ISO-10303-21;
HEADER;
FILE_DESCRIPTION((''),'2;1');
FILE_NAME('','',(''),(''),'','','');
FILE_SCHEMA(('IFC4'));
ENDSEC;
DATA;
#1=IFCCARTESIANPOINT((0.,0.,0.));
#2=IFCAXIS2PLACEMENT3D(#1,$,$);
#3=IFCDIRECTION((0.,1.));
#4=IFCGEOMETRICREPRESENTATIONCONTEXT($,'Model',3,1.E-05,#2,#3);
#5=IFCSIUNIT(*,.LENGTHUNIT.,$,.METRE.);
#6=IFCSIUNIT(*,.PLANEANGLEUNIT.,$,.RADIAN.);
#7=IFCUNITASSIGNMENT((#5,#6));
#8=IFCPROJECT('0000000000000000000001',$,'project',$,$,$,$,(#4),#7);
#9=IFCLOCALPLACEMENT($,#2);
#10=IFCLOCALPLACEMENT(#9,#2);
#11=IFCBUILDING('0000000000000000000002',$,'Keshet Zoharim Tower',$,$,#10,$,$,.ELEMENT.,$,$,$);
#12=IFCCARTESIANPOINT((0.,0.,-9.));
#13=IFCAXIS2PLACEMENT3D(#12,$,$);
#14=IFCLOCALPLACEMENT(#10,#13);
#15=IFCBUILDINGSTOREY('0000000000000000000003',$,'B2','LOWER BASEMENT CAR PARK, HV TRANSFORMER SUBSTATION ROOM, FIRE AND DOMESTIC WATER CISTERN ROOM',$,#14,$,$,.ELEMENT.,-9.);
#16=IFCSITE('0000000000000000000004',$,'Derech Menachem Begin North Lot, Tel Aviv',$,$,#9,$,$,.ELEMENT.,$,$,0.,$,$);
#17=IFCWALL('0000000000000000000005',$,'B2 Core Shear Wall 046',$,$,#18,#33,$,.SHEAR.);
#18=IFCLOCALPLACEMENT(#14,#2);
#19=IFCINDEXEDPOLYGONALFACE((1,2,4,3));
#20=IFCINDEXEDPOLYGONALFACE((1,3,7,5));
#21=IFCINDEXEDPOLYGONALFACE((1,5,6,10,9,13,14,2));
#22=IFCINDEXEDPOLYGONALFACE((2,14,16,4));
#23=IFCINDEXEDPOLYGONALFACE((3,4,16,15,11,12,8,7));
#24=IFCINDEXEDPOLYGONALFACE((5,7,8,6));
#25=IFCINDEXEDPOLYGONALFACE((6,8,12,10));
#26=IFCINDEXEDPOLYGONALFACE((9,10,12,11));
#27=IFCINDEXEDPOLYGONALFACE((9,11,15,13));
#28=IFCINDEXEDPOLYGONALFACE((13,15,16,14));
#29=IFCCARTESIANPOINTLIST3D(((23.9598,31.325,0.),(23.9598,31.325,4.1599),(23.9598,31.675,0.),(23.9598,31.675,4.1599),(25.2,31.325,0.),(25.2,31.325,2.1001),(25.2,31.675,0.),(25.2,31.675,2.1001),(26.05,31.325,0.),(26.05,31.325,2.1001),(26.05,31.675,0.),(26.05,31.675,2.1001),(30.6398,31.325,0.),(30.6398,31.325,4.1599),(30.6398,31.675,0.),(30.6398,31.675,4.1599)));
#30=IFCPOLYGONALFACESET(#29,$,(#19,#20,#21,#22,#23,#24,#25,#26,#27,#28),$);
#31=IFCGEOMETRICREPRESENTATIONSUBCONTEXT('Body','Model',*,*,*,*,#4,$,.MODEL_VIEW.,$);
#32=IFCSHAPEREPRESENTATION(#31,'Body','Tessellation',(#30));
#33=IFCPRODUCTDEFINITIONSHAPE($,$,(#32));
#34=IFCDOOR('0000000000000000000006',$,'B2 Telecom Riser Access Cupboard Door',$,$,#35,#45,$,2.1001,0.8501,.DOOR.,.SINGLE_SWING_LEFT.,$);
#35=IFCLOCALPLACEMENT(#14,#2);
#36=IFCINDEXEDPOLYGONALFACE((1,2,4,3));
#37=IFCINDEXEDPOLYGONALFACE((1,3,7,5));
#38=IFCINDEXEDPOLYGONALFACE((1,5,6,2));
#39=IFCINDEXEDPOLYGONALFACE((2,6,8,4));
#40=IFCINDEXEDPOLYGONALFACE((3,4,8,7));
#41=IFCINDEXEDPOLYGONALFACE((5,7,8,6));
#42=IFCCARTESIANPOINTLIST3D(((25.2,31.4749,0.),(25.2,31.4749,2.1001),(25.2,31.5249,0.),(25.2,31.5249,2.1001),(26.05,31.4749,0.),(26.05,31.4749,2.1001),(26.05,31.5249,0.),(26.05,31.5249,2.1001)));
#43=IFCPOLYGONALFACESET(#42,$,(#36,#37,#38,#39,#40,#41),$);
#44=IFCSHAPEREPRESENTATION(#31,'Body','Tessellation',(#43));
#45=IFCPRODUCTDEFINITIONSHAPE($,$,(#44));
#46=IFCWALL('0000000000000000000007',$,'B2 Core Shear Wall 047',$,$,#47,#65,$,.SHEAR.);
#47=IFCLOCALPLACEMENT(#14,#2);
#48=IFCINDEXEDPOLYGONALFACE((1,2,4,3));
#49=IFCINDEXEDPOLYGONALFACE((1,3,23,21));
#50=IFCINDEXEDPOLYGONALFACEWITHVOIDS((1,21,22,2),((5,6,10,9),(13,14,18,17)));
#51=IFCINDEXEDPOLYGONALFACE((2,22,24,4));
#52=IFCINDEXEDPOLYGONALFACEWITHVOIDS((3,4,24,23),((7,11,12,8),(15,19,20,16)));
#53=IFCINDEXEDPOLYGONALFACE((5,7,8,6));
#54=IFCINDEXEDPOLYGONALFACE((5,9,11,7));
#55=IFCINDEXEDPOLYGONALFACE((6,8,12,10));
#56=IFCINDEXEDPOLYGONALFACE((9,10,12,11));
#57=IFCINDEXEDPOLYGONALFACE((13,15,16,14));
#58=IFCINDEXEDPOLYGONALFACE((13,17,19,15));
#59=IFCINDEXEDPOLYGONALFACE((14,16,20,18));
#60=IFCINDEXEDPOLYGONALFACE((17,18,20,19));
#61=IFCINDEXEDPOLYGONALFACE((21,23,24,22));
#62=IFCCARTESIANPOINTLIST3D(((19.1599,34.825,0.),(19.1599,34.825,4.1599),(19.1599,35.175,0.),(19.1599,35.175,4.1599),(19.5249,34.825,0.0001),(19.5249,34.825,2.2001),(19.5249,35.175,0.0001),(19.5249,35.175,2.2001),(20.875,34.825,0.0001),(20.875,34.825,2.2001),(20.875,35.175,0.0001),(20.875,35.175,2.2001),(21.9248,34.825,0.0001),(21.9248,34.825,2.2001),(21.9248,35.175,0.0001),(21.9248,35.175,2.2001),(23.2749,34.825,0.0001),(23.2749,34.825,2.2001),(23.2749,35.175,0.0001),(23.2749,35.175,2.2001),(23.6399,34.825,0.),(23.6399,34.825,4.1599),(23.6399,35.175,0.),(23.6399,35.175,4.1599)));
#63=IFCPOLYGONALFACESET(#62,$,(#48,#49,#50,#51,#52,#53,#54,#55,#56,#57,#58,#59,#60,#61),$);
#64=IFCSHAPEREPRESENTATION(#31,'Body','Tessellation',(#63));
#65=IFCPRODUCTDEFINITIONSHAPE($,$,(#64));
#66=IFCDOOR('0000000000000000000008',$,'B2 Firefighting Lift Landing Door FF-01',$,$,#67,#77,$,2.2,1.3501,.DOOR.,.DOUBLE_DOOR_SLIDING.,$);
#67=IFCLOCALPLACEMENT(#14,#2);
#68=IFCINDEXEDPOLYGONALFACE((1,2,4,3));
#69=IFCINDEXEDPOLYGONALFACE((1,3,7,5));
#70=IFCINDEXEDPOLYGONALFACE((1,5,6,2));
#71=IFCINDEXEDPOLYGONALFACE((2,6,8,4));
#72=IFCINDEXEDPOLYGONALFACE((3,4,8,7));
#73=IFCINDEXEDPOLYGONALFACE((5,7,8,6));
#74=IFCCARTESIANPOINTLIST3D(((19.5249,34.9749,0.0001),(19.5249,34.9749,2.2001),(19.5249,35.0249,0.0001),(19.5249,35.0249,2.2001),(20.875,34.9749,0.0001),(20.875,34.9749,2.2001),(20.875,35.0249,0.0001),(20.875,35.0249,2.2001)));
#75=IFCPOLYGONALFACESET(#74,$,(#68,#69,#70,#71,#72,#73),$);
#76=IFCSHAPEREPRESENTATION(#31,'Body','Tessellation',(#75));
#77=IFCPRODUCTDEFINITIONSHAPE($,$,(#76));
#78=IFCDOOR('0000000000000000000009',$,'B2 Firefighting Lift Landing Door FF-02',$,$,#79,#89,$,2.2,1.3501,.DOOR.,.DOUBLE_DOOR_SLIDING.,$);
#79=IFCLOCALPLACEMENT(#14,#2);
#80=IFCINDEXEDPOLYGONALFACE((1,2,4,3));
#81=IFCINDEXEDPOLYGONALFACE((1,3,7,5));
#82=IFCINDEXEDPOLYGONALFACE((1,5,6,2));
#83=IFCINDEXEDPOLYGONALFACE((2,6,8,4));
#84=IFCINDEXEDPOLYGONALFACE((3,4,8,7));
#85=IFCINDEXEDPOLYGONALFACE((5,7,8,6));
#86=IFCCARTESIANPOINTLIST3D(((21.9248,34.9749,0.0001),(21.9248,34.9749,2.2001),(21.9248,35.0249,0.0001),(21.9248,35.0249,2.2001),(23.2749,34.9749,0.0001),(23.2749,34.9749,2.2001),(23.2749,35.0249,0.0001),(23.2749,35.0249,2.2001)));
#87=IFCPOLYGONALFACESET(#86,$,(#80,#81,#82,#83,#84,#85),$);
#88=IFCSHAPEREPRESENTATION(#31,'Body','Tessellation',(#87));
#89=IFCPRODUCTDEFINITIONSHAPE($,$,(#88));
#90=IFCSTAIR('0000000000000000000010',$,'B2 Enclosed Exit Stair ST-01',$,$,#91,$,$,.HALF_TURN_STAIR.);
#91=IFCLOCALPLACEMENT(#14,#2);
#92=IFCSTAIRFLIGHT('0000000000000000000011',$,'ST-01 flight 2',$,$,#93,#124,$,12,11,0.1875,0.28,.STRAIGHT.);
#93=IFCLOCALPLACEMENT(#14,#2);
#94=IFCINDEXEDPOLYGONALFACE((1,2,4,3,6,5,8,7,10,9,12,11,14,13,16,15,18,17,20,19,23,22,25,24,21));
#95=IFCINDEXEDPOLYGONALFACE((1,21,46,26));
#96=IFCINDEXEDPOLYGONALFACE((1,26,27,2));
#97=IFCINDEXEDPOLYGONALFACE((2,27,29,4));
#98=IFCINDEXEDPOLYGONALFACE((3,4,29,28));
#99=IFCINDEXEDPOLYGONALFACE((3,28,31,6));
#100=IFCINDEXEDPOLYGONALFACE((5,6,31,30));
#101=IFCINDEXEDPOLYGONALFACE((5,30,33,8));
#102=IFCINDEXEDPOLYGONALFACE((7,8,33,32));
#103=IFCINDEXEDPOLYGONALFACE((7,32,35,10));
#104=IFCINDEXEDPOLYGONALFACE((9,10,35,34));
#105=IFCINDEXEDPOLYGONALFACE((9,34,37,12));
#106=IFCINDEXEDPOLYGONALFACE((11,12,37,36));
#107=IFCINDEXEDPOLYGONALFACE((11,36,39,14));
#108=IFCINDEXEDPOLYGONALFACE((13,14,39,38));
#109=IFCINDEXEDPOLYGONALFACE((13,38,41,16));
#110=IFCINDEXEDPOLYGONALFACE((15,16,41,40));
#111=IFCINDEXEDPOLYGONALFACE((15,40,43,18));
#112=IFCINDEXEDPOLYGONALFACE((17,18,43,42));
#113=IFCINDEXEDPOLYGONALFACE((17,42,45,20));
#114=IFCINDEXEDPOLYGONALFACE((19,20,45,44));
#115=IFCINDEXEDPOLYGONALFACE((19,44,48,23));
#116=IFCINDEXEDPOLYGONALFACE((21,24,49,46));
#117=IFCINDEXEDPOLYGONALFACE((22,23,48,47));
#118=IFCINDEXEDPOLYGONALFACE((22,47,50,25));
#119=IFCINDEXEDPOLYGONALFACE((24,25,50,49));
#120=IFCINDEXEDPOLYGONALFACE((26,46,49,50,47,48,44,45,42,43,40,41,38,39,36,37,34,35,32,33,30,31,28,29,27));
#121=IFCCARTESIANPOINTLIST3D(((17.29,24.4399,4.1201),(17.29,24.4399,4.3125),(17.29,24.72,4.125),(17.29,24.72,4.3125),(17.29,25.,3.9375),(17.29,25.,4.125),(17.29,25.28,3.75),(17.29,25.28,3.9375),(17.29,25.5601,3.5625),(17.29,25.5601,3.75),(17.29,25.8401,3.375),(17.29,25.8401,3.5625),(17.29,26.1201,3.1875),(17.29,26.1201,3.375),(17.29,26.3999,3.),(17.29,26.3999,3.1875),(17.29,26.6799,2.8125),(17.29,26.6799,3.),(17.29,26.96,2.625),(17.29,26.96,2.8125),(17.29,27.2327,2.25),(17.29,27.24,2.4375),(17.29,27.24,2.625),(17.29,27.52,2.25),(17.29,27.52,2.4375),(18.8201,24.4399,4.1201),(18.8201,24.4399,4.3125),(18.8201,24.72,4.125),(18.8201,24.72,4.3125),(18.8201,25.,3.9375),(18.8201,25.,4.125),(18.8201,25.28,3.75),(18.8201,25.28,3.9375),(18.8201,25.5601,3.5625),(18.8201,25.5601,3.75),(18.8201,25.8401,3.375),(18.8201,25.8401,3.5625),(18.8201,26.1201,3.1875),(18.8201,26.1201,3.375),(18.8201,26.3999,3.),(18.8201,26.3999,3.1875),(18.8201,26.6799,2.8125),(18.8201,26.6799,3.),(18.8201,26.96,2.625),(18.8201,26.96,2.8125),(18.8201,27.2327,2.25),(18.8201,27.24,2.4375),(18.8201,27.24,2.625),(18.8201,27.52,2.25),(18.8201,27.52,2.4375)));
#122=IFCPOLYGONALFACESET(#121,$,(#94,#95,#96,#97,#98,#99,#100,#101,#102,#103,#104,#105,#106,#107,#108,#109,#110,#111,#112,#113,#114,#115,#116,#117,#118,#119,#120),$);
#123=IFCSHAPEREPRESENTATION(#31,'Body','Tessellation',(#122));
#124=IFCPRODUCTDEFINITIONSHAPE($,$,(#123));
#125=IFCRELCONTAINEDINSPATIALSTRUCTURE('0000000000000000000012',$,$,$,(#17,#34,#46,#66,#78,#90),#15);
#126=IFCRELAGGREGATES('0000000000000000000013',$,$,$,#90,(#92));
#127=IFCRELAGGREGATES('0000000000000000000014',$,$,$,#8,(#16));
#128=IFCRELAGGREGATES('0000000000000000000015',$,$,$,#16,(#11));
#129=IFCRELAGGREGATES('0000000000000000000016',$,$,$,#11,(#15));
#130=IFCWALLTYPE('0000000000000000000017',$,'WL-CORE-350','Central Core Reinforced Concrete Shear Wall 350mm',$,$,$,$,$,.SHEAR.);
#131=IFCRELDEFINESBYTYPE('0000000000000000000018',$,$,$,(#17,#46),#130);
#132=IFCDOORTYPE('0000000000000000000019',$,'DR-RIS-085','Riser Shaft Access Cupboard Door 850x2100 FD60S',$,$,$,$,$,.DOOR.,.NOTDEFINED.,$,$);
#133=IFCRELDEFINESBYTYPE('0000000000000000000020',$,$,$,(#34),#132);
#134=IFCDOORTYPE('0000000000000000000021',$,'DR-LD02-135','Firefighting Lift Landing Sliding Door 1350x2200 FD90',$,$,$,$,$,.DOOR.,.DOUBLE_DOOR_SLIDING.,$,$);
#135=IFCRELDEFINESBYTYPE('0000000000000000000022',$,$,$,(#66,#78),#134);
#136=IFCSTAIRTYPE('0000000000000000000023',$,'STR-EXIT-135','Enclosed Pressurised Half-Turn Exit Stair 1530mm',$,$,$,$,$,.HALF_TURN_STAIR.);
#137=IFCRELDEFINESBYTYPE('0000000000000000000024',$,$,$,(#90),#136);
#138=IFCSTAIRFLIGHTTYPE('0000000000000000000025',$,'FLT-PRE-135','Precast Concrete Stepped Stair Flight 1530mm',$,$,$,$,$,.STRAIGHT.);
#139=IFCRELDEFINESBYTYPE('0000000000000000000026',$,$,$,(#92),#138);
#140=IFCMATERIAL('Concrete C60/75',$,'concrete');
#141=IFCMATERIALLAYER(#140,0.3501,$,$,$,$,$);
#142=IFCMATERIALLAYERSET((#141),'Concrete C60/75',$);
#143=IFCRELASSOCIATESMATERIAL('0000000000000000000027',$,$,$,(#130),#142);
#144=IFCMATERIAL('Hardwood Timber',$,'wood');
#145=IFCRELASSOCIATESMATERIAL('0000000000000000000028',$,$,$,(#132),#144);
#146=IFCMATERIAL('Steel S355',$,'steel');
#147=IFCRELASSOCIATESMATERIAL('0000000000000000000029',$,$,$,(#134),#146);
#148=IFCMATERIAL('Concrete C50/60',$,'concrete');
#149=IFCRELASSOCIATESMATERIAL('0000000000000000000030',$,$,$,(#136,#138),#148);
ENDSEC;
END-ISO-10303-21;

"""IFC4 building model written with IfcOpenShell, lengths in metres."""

from ifc_helpers import new_model, si_unit, direction, frame, frame_2d, origin, place, context, subcontext, project, spatial, polyline, rectangle, outline, extrude, material, layer, layer_set, type_object, element, fill, aggregate, save


model = new_model("IFC4")

# Units and contexts
model_context = context("Model", 3, precision=1e-05, world=origin(), true_north=direction((0.0, 1.0)))
body_context = subcontext(model_context, "Body", "Model", "MODEL_VIEW")
ifc_project = project(units=[si_unit("LENGTHUNIT", "METRE"), si_unit("PLANEANGLEUNIT", "RADIAN")], contexts=[model_context])

# Site, building, storey
site_placement = place(None, origin())
site = spatial("IfcSite", under=ifc_project, at=site_placement, Name="Derech Menachem Begin North Lot, Tel Aviv", CompositionType="ELEMENT", RefElevation=0.0)
building_placement = place(site_placement, origin())
building = spatial("IfcBuilding", under=site, at=building_placement, Name="Keshet Zoharim Tower", CompositionType="ELEMENT")
storey_placement = place(building_placement, frame((0.0, 0.0, -9.0)))
storey = spatial("IfcBuildingStorey", under=building, at=storey_placement, Name="B2", Description="LOWER BASEMENT CAR PARK, HV TRANSFORMER SUBSTATION ROOM, FIRE AND DOMESTIC WATER CISTERN ROOM", CompositionType="ELEMENT", Elevation=-9.0)

# Shared definitions
ifc_material_1 = material(Name="Concrete C50/60", Category="concrete")

# Shared definitions
ifc_material_2 = material(Name="Concrete C60/75", Category="concrete")
ifc_layer_1 = layer(ifc_material_2, 0.3501)
ifc_layer_set_1 = layer_set([ifc_layer_1], Name="Concrete C60/75")
wall_type = type_object("IfcWallType", Name="WL-CORE-350", Description="Central Core Reinforced Concrete Shear Wall 350mm", PredefinedType="SHEAR", material=ifc_layer_set_1)

# Shared definitions
ifc_material_3 = material(Name="Hardwood Timber", Category="wood")

# Wall, opening, door
wall_1_placement = place(storey_placement, frame((23.96, 31.5, 0.0), z_axis=(0.0, 0.0, 1.0), x_axis=(1.0, 0.0, 0.0)))
wall_1 = element("IfcWall", 1, at=wall_1_placement, inside=storey, type_object=wall_type, Name="B2 Core Shear Wall 046", PredefinedType="SHEAR", context=body_context, shape_type="SweptSolid", body=[
    extrude(rectangle(XDim=6.6799, YDim=0.3501, at=frame_2d((3.3398, 0.0))), origin(), (0.0, 0.0, 1.0), 4.1599),
])
opening_1_placement = place(wall_1_placement, frame((1.24, 0.0, 0.0)))
opening_1 = element("IfcOpeningElement", 2, at=opening_1_placement, cuts=wall_1, PredefinedType="OPENING", context=body_context, shape_type="SweptSolid", body=[
    extrude(rectangle(XDim=0.8501, YDim=2.1001, at=frame_2d((0.425, 1.05))), frame((0.0, 0.1851, 0.0), z_axis=(0.0, -1.0, 0.0), x_axis=(1.0, 0.0, 0.0)), (0.0, 0.0, 1.0), 0.3701),
])
door_type_1 = type_object("IfcDoorType", Name="DR-RIS-085", Description="Riser Shaft Access Cupboard Door 850x2100 FD60S", OperationType="NOTDEFINED", PredefinedType="DOOR", material=ifc_material_3)
door_1_placement = place(opening_1_placement, origin())
door_1 = element("IfcDoor", 3, at=door_1_placement, inside=storey, type_object=door_type_1, Name="B2 Telecom Riser Access Cupboard Door", OperationType="SINGLE_SWING_LEFT", OverallHeight=2.1001, OverallWidth=0.8501, PredefinedType="DOOR", context=body_context, shape_type="SweptSolid", body=[
    extrude(rectangle(XDim=0.8501, YDim=2.1001, at=frame_2d((0.425, 1.05))), frame((0.0, 0.0249, 0.0), z_axis=(0.0, -1.0, 0.0), x_axis=(1.0, 0.0, 0.0)), (0.0, 0.0, 1.0), 0.05),
])
fill(opening_1, door_1)

# Wall, openings, doors
wall_2_placement = place(storey_placement, frame((19.1599, 35.0, 0.0), z_axis=(0.0, 0.0, 1.0), x_axis=(1.0, 0.0, 0.0)))
wall_2 = element("IfcWall", 4, at=wall_2_placement, inside=storey, type_object=wall_type, Name="B2 Core Shear Wall 047", PredefinedType="SHEAR", context=body_context, shape_type="SweptSolid", body=[
    extrude(rectangle(XDim=4.48, YDim=0.3501, at=frame_2d((2.24, 0.0))), origin(), (0.0, 0.0, 1.0), 4.1599),
])
opening_2_placement = place(wall_2_placement, frame((0.365, 0.0, 0.0)))
opening_2 = element("IfcOpeningElement", 5, at=opening_2_placement, cuts=wall_2, PredefinedType="OPENING", context=body_context, shape_type="SweptSolid", body=[
    extrude(rectangle(XDim=1.3501, YDim=2.2, at=frame_2d((0.675, 1.1001))), frame((0.0, 0.1851, 0.0), z_axis=(0.0, -1.0, 0.0), x_axis=(1.0, 0.0, 0.0)), (0.0, 0.0, 1.0), 0.3701),
])
opening_3_placement = place(wall_2_placement, frame((2.7649, 0.0, 0.0)))
opening_3 = element("IfcOpeningElement", 6, at=opening_3_placement, cuts=wall_2, PredefinedType="OPENING", context=body_context, shape_type="SweptSolid", body=[
    extrude(rectangle(XDim=1.3501, YDim=2.2, at=frame_2d((0.675, 1.1001))), frame((0.0, 0.1851, 0.0), z_axis=(0.0, -1.0, 0.0), x_axis=(1.0, 0.0, 0.0)), (0.0, 0.0, 1.0), 0.3701),
])
ifc_material_4 = material(Name="Steel S355", Category="steel")
door_type_2 = type_object("IfcDoorType", Name="DR-LD02-135", Description="Firefighting Lift Landing Sliding Door 1350x2200 FD90", OperationType="DOUBLE_DOOR_SLIDING", PredefinedType="DOOR", material=ifc_material_4)
door_2_placement = place(opening_2_placement, origin())
door_2 = element("IfcDoor", 7, at=door_2_placement, inside=storey, type_object=door_type_2, Name="B2 Firefighting Lift Landing Door FF-01", OperationType="DOUBLE_DOOR_SLIDING", OverallHeight=2.2, OverallWidth=1.3501, PredefinedType="DOOR", context=body_context, shape_type="SweptSolid", body=[
    extrude(rectangle(XDim=1.3501, YDim=2.2, at=frame_2d((0.675, 1.1001))), frame((0.0, 0.0249, 0.0), z_axis=(0.0, -1.0, 0.0), x_axis=(1.0, 0.0, 0.0)), (0.0, 0.0, 1.0), 0.05),
])
fill(opening_2, door_2)
door_3_placement = place(opening_3_placement, origin())
door_3 = element("IfcDoor", 8, at=door_3_placement, inside=storey, type_object=door_type_2, Name="B2 Firefighting Lift Landing Door FF-02", OperationType="DOUBLE_DOOR_SLIDING", OverallHeight=2.2, OverallWidth=1.3501, PredefinedType="DOOR", context=body_context, shape_type="SweptSolid", body=[
    extrude(rectangle(XDim=1.3501, YDim=2.2, at=frame_2d((0.675, 1.1001))), frame((0.0, 0.0249, 0.0), z_axis=(0.0, -1.0, 0.0), x_axis=(1.0, 0.0, 0.0)), (0.0, 0.0, 1.0), 0.05),
])
fill(opening_3, door_3)

# Stair, stair flight
stair_type = type_object("IfcStairType", Name="STR-EXIT-135", Description="Enclosed Pressurised Half-Turn Exit Stair 1530mm", PredefinedType="HALF_TURN_STAIR", material=ifc_material_1)
stair_placement = place(storey_placement, origin())
stair = element("IfcStair", 9, at=stair_placement, inside=storey, type_object=stair_type, Name="B2 Enclosed Exit Stair ST-01", PredefinedType="HALF_TURN_STAIR")
stair_flight_type = type_object("IfcStairFlightType", Name="FLT-PRE-135", Description="Precast Concrete Stepped Stair Flight 1530mm", PredefinedType="STRAIGHT", material=ifc_material_1)
stair_flight_placement = place(storey_placement, frame((18.0549, 27.52, 2.25), z_axis=(0.0, 0.0, 1.0), x_axis=(0.0, -1.0, 0.0)))
stair_flight = element("IfcStairFlight", 10, at=stair_flight_placement, type_object=stair_flight_type, Name="ST-01 flight 2", NumberOfRisers=12, NumberOfTreads=11, PredefinedType="STRAIGHT", RiserHeight=0.1875, TreadLength=0.28, context=body_context, shape_type="SweptSolid", body=[
    extrude(outline(polyline([(0.0, 0.0), (0.0, 0.1875), (0.28, 0.1875), (0.28, 0.375), (0.5601, 0.375), (0.5601, 0.5625), (0.8401, 0.5625), (0.8401, 0.75), (1.1201, 0.75), (1.1201, 0.9375), (1.3999, 0.9375), (1.3999, 1.125), (1.6799, 1.125), (1.6799, 1.3125), (1.96, 1.3125), (1.96, 1.5), (2.24, 1.5), (2.24, 1.6875), (2.52, 1.6875), (2.52, 1.875), (2.8, 1.875), (2.8, 2.0625), (3.0801, 2.0625), (3.0801, 2.25), (3.0801, 1.8701), (0.2874, 0.0), (0.0, 0.0)])), frame((0.0, 0.7651, 0.0), z_axis=(0.0, -1.0, 0.0), x_axis=(1.0, 0.0, 0.0)), (0.0, 0.0, 1.0), 1.53),
])
aggregate(stair, [stair_flight])

save(model, "model.ifc")
